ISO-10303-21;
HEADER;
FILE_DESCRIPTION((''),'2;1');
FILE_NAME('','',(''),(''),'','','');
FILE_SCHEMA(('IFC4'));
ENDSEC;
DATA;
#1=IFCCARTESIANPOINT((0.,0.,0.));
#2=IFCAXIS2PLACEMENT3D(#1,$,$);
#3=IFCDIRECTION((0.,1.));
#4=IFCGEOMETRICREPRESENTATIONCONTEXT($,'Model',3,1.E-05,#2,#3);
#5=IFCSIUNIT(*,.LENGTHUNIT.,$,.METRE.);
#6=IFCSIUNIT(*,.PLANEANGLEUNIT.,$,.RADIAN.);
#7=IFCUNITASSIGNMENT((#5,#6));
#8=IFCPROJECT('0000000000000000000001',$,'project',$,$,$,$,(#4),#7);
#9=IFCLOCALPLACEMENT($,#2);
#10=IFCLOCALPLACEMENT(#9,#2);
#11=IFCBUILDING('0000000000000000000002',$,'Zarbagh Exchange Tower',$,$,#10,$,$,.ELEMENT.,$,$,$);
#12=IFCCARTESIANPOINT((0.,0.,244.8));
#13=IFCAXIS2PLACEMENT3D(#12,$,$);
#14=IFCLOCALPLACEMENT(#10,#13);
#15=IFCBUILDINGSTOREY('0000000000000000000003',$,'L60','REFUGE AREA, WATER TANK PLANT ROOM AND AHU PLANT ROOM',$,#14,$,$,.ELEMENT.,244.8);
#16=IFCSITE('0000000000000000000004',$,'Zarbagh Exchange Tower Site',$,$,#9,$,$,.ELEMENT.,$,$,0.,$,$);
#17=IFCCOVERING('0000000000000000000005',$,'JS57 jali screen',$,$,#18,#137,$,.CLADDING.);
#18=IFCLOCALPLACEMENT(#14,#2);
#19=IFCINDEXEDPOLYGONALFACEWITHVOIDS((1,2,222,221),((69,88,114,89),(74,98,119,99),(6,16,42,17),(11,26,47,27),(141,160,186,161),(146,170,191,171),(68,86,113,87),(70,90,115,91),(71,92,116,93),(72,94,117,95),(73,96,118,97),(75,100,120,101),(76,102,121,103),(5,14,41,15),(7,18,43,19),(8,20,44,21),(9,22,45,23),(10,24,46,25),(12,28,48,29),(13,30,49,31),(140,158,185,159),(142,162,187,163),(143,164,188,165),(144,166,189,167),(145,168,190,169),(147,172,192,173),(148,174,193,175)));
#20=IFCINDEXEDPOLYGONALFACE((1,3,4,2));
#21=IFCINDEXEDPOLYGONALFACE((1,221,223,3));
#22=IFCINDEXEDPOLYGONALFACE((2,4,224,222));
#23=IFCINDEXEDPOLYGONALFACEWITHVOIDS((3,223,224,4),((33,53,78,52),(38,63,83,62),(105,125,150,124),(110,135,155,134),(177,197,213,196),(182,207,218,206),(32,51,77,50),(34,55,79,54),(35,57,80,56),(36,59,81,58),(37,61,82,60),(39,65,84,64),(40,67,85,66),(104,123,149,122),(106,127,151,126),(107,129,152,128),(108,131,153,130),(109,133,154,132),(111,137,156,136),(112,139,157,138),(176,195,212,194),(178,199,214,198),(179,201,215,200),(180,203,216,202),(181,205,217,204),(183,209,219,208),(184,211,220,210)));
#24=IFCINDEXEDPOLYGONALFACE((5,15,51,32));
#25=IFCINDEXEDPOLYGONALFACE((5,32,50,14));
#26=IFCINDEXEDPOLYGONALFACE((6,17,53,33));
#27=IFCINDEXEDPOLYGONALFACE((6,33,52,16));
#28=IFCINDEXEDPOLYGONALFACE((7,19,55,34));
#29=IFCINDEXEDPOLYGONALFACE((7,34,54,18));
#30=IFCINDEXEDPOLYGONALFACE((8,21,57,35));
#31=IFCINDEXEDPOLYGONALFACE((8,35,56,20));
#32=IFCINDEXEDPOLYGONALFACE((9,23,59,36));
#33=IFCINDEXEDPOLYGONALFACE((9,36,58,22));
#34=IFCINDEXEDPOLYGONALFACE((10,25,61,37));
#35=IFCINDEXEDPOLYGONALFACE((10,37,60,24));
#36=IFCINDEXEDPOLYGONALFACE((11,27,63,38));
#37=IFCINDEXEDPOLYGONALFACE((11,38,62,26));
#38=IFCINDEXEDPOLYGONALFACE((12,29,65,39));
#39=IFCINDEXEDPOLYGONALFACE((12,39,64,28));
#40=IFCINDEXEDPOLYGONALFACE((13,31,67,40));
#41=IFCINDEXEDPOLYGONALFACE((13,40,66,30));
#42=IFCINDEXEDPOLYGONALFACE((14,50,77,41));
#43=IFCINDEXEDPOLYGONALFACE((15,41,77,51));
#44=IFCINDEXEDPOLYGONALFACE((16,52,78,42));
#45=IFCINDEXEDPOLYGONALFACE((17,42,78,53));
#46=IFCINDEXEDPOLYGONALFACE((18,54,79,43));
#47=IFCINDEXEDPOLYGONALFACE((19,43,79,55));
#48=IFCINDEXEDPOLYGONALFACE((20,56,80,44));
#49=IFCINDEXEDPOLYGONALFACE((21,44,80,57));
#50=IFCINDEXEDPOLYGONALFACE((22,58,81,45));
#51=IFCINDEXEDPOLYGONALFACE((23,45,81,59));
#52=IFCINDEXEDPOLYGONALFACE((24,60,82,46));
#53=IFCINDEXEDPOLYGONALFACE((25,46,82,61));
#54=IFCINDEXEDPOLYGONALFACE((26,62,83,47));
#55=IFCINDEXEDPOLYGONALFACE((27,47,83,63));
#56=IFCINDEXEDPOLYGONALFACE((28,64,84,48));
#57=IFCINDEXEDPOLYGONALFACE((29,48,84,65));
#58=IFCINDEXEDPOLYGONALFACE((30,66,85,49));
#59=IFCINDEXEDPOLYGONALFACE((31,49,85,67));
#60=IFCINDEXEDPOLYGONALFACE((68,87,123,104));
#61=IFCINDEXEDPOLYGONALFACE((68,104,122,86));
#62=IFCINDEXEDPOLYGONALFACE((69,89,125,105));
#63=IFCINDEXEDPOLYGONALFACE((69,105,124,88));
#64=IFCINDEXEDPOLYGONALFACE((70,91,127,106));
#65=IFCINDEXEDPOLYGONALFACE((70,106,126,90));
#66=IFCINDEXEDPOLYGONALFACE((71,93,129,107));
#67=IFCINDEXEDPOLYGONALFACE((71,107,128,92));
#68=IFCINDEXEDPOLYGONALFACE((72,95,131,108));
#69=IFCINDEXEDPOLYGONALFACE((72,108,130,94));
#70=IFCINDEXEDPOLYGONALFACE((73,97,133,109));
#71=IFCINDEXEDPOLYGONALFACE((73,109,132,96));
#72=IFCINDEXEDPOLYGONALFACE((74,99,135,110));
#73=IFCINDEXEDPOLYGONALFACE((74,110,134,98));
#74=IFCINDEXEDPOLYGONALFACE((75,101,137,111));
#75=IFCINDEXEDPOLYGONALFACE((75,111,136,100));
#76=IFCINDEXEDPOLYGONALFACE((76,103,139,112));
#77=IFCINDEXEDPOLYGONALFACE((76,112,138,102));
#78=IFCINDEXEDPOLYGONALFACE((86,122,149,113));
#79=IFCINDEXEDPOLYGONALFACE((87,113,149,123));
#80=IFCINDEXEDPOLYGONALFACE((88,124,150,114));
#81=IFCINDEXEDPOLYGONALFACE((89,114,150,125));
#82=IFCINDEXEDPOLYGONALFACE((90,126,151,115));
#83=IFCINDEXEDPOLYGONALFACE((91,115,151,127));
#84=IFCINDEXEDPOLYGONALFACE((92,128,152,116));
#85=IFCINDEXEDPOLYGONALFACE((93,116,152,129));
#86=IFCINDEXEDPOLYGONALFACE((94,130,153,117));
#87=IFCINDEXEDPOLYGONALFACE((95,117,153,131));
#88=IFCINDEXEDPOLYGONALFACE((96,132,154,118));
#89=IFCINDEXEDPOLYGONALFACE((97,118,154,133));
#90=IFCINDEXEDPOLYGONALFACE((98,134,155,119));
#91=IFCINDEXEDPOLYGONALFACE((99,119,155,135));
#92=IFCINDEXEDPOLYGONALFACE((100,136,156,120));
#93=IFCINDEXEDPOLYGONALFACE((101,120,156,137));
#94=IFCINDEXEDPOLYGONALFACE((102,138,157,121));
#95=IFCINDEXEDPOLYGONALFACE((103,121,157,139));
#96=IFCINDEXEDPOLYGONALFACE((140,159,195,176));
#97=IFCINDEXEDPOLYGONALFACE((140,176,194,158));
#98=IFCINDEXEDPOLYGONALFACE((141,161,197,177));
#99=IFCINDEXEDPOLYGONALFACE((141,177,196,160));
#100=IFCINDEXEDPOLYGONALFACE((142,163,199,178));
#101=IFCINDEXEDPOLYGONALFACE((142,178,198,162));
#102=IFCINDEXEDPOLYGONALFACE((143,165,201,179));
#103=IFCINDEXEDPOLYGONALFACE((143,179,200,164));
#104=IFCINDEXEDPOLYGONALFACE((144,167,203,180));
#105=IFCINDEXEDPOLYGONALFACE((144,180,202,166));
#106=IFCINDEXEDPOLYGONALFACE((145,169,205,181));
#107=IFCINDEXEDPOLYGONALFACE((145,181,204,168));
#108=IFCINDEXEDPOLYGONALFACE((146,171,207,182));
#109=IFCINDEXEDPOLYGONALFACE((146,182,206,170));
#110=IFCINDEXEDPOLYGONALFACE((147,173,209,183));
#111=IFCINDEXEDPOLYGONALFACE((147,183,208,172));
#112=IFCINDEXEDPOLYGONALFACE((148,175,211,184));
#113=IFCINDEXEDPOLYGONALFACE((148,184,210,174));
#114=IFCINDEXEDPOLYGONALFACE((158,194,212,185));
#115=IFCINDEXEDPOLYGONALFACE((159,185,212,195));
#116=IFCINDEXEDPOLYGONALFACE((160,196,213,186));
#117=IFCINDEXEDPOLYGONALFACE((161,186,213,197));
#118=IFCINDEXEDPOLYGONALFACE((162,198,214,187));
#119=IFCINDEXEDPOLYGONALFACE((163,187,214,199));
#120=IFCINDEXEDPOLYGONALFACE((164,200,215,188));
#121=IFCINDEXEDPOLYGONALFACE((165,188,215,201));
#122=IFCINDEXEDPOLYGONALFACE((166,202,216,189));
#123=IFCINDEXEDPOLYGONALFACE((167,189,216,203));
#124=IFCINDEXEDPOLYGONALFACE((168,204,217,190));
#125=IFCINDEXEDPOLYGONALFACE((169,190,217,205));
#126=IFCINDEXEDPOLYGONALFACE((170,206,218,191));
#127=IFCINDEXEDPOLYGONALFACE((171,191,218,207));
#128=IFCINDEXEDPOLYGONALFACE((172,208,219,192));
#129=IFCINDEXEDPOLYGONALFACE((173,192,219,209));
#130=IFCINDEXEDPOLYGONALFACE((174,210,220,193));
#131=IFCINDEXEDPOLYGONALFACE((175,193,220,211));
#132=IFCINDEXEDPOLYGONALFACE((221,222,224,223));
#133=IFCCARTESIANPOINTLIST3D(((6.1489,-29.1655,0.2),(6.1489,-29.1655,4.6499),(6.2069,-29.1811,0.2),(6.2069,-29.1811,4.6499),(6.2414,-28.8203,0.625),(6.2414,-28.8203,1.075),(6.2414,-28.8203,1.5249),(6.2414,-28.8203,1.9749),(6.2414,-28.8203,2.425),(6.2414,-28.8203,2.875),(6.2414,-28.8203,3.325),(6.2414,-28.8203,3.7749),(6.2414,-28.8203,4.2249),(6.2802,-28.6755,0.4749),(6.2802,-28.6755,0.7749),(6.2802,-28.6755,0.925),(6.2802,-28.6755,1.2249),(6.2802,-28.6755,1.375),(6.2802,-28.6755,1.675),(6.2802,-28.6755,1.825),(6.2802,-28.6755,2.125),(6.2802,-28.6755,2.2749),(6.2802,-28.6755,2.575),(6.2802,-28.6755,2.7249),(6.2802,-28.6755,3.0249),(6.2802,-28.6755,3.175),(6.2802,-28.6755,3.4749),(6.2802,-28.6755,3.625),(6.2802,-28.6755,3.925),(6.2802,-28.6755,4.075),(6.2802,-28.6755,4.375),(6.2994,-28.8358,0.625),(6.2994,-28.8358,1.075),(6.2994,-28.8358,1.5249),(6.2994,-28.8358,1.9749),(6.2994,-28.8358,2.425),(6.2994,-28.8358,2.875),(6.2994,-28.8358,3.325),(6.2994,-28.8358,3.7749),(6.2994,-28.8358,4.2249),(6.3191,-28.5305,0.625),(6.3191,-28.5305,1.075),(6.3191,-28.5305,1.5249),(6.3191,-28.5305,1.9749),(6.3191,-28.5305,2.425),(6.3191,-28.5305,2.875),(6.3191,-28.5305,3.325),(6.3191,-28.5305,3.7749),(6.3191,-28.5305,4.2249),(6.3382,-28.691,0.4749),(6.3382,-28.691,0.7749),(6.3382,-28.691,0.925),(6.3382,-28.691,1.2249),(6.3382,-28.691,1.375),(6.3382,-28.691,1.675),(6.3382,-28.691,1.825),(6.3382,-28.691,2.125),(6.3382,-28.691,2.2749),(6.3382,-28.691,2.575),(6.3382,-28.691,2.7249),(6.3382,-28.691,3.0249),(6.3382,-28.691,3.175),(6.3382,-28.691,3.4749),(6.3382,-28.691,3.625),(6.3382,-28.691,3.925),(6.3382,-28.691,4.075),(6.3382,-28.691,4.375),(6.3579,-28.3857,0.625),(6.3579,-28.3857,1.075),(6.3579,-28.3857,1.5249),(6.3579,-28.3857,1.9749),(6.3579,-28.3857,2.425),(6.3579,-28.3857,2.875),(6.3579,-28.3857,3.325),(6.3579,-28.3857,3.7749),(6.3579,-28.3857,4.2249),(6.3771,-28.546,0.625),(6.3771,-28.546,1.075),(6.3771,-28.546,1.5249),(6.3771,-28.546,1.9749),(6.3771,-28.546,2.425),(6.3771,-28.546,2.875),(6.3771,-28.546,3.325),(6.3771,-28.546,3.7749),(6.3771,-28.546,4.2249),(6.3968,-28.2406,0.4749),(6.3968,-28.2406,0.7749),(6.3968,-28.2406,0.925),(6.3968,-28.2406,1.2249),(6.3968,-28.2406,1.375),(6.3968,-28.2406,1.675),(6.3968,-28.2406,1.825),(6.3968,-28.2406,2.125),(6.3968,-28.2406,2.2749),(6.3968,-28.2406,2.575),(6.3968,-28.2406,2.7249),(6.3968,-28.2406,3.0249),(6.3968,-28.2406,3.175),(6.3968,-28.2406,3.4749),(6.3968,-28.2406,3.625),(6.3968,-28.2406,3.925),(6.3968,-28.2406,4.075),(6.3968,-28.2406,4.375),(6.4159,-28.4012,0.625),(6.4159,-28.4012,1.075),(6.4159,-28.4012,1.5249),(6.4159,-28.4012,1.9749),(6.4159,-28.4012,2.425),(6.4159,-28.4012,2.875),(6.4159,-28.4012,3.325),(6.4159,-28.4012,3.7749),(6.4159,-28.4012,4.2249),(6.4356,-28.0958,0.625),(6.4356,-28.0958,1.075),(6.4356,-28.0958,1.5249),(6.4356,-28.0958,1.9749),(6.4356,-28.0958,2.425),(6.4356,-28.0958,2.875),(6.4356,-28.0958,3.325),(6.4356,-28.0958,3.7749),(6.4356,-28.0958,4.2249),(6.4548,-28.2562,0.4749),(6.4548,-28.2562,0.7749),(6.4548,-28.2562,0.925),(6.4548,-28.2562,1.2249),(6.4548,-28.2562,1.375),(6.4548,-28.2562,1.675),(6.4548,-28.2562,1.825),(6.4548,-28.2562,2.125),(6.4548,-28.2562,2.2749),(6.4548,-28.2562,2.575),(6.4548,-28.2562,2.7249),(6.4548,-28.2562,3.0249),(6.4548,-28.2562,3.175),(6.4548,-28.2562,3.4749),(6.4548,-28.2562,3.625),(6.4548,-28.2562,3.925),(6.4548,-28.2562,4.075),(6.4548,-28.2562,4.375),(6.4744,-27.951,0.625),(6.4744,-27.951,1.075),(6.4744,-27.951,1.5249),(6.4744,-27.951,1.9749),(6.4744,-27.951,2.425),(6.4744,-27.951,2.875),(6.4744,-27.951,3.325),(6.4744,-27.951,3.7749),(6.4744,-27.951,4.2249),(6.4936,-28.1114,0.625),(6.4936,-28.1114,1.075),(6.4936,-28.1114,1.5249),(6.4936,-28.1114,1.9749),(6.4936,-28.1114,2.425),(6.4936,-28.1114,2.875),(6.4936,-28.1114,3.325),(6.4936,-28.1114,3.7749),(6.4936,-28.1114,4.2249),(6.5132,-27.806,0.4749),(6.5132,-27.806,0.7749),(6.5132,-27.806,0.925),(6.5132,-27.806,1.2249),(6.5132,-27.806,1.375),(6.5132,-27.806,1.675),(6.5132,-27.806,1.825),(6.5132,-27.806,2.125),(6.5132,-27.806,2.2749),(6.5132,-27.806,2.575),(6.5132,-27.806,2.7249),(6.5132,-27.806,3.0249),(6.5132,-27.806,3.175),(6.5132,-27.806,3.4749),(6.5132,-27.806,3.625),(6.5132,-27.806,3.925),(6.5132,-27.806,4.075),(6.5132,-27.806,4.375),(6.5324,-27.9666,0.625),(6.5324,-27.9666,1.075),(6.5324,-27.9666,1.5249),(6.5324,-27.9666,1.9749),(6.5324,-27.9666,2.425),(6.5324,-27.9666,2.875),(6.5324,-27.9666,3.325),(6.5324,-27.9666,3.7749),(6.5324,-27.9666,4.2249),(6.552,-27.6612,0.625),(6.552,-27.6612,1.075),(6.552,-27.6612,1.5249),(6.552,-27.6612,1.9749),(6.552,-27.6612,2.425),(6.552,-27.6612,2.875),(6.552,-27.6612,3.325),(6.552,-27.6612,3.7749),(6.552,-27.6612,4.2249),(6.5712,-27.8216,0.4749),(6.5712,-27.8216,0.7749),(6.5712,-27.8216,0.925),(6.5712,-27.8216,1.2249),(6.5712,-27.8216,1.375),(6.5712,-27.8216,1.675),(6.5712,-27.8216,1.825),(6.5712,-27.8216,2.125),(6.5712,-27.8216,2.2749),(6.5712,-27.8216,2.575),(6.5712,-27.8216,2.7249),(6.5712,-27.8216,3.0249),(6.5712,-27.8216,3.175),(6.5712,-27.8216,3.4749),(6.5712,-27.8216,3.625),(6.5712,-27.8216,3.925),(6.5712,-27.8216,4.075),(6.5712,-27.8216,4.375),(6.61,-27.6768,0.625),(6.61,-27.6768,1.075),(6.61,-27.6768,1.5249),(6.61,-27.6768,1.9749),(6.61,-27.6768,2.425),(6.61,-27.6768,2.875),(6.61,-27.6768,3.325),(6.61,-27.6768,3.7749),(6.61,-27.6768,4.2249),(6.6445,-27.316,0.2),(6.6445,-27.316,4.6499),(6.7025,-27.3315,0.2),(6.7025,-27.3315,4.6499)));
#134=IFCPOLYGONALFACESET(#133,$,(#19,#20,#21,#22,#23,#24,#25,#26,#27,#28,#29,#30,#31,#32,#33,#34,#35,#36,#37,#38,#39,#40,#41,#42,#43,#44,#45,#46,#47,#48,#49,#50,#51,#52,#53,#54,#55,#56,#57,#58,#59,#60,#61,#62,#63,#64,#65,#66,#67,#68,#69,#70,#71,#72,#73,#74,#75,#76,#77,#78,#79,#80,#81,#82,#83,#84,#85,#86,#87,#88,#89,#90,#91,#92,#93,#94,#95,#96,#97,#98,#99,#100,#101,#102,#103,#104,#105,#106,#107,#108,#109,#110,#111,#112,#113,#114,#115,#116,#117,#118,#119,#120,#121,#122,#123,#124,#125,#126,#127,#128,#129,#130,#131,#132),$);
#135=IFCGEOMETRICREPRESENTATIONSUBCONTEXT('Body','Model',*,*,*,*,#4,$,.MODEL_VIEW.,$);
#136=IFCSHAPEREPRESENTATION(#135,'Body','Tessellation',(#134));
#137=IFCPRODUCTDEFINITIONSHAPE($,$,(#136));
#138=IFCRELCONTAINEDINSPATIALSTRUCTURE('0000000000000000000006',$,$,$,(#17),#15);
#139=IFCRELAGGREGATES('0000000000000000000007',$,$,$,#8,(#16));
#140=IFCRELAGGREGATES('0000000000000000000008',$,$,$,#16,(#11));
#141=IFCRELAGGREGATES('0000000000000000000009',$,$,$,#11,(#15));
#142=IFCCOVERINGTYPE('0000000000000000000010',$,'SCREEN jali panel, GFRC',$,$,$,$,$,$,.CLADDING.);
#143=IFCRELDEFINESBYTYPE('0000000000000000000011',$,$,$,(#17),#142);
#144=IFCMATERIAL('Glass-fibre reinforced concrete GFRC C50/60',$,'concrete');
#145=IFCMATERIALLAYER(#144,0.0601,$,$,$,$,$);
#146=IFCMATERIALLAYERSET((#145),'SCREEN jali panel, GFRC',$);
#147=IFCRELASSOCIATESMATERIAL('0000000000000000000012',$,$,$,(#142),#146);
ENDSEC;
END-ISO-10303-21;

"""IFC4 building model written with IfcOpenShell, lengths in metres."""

from ifc_helpers import new_model, si_unit, direction, frame, origin, place, context, subcontext, project, spatial, polyline, outline, extrude, source, transform, mapped, material, layer, layer_set, type_object, element, save


model = new_model("IFC4")

# Units and contexts
model_context = context("Model", 3, precision=1e-05, world=origin(), true_north=direction((0.0, 1.0)))
body_context = subcontext(model_context, "Body", "Model", "MODEL_VIEW")
ifc_project = project(units=[si_unit("LENGTHUNIT", "METRE"), si_unit("PLANEANGLEUNIT", "RADIAN")], contexts=[model_context])

# Site, building, storey
site_placement = place(None, origin())
site = spatial("IfcSite", under=ifc_project, at=site_placement, Name="Zarbagh Exchange Tower Site", CompositionType="ELEMENT", RefElevation=0.0)
building_placement = place(site_placement, origin())
building = spatial("IfcBuilding", under=site, at=building_placement, Name="Zarbagh Exchange Tower", CompositionType="ELEMENT")
storey_placement = place(building_placement, frame((0.0, 0.0, 244.8)))
storey = spatial("IfcBuildingStorey", under=building, at=storey_placement, Name="L60", Description="REFUGE AREA, WATER TANK PLANT ROOM AND AHU PLANT ROOM", CompositionType="ELEMENT", Elevation=244.8)

# Covering
ifc_material_1 = material(Name="Glass-fibre reinforced concrete GFRC C50/60", Category="concrete")
ifc_layer_1 = layer(ifc_material_1, 0.0601)
ifc_layer_set_1 = layer_set([ifc_layer_1], Name="SCREEN jali panel, GFRC")
covering_type = type_object("IfcCoveringType", Name="SCREEN jali panel, GFRC", PredefinedType="CLADDING", material=ifc_layer_set_1)
placement = place(storey_placement, origin())
shared_shape_1 = source(origin(), body_context, "Body", "SweptSolid", [
    extrude(outline(polyline([(0.0, 0.0), (1.9148, 0.0), (1.9148, 4.45), (0.0, 4.45), (0.0, 0.0)]), holes=[polyline([(0.3574, 0.425), (0.5073, 0.2749), (0.6575, 0.425), (0.5073, 0.575), (0.3574, 0.425)]), polyline([(0.3574, 0.875), (0.5073, 0.7251), (0.6575, 0.875), (0.5073, 1.0249), (0.3574, 0.875)]), polyline([(0.3574, 1.325), (0.5073, 1.175), (0.6575, 1.325), (0.5073, 1.4751), (0.3574, 1.325)]), polyline([(0.3574, 1.7749), (0.5073, 1.625), (0.6575, 1.7749), (0.5073, 1.925), (0.3574, 1.7749)]), polyline([(0.3574, 2.2251), (0.5073, 2.075), (0.6575, 2.2251), (0.5073, 2.375), (0.3574, 2.2251)]), polyline([(0.3574, 2.675), (0.5073, 2.5249), (0.6575, 2.675), (0.5073, 2.825), (0.3574, 2.675)]), polyline([(0.3574, 3.125), (0.5073, 2.9751), (0.6575, 3.125), (0.5073, 3.2749), (0.3574, 3.125)]), polyline([(0.3574, 3.575), (0.5073, 3.425), (0.6575, 3.575), (0.5073, 3.7251), (0.3574, 3.575)]), polyline([(0.3574, 4.0249), (0.5073, 3.875), (0.6575, 4.0249), (0.5073, 4.175), (0.3574, 4.0249)]), polyline([(0.8074, 0.425), (0.9575, 0.2749), (1.1074, 0.425), (0.9575, 0.575), (0.8074, 0.425)]), polyline([(0.8074, 0.875), (0.9575, 0.7251), (1.1074, 0.875), (0.9575, 1.0249), (0.8074, 0.875)]), polyline([(0.8074, 1.325), (0.9575, 1.175), (1.1074, 1.325), (0.9575, 1.4751), (0.8074, 1.325)]), polyline([(0.8074, 1.7749), (0.9575, 1.625), (1.1074, 1.7749), (0.9575, 1.925), (0.8074, 1.7749)]), polyline([(0.8074, 2.2251), (0.9575, 2.075), (1.1074, 2.2251), (0.9575, 2.375), (0.8074, 2.2251)]), polyline([(0.8074, 2.675), (0.9575, 2.5249), (1.1074, 2.675), (0.9575, 2.825), (0.8074, 2.675)]), polyline([(0.8074, 3.125), (0.9575, 2.9751), (1.1074, 3.125), (0.9575, 3.2749), (0.8074, 3.125)]), polyline([(0.8074, 3.575), (0.9575, 3.425), (1.1074, 3.575), (0.9575, 3.7251), (0.8074, 3.575)]), polyline([(0.8074, 4.0249), (0.9575, 3.875), (1.1074, 4.0249), (0.9575, 4.175), (0.8074, 4.0249)]), polyline([(1.2573, 0.425), (1.4075, 0.2749), (1.5574, 0.425), (1.4075, 0.575), (1.2573, 0.425)]), polyline([(1.2573, 0.875), (1.4075, 0.7251), (1.5574, 0.875), (1.4075, 1.0249), (1.2573, 0.875)]), polyline([(1.2573, 1.325), (1.4075, 1.175), (1.5574, 1.325), (1.4075, 1.4751), (1.2573, 1.325)]), polyline([(1.2573, 1.7749), (1.4075, 1.625), (1.5574, 1.7749), (1.4075, 1.925), (1.2573, 1.7749)]), polyline([(1.2573, 2.2251), (1.4075, 2.075), (1.5574, 2.2251), (1.4075, 2.375), (1.2573, 2.2251)]), polyline([(1.2573, 2.675), (1.4075, 2.5249), (1.5574, 2.675), (1.4075, 2.825), (1.2573, 2.675)]), polyline([(1.2573, 3.125), (1.4075, 2.9751), (1.5574, 3.125), (1.4075, 3.2749), (1.2573, 3.125)]), polyline([(1.2573, 3.575), (1.4075, 3.425), (1.5574, 3.575), (1.4075, 3.7251), (1.2573, 3.575)]), polyline([(1.2573, 4.0249), (1.4075, 3.875), (1.5574, 4.0249), (1.4075, 4.175), (1.2573, 4.0249)])]), origin(), (0.0, 0.0, 1.0), 0.0601),
])
element("IfcCovering", 1, at=placement, inside=storey, type_object=covering_type, Name="JS57 jali screen", PredefinedType="CLADDING", context=body_context, shape_type="MappedRepresentation", body=[
    mapped(shared_shape_1, transform((6.1489, -29.1655, 0.2), x_axis=(0.258825, 0.965924, 0.0), y_axis=(0.0, 0.0, 1.0), z_axis=(0.965924, -0.258825, 0.0))),
])

save(model, "model.ifc")
